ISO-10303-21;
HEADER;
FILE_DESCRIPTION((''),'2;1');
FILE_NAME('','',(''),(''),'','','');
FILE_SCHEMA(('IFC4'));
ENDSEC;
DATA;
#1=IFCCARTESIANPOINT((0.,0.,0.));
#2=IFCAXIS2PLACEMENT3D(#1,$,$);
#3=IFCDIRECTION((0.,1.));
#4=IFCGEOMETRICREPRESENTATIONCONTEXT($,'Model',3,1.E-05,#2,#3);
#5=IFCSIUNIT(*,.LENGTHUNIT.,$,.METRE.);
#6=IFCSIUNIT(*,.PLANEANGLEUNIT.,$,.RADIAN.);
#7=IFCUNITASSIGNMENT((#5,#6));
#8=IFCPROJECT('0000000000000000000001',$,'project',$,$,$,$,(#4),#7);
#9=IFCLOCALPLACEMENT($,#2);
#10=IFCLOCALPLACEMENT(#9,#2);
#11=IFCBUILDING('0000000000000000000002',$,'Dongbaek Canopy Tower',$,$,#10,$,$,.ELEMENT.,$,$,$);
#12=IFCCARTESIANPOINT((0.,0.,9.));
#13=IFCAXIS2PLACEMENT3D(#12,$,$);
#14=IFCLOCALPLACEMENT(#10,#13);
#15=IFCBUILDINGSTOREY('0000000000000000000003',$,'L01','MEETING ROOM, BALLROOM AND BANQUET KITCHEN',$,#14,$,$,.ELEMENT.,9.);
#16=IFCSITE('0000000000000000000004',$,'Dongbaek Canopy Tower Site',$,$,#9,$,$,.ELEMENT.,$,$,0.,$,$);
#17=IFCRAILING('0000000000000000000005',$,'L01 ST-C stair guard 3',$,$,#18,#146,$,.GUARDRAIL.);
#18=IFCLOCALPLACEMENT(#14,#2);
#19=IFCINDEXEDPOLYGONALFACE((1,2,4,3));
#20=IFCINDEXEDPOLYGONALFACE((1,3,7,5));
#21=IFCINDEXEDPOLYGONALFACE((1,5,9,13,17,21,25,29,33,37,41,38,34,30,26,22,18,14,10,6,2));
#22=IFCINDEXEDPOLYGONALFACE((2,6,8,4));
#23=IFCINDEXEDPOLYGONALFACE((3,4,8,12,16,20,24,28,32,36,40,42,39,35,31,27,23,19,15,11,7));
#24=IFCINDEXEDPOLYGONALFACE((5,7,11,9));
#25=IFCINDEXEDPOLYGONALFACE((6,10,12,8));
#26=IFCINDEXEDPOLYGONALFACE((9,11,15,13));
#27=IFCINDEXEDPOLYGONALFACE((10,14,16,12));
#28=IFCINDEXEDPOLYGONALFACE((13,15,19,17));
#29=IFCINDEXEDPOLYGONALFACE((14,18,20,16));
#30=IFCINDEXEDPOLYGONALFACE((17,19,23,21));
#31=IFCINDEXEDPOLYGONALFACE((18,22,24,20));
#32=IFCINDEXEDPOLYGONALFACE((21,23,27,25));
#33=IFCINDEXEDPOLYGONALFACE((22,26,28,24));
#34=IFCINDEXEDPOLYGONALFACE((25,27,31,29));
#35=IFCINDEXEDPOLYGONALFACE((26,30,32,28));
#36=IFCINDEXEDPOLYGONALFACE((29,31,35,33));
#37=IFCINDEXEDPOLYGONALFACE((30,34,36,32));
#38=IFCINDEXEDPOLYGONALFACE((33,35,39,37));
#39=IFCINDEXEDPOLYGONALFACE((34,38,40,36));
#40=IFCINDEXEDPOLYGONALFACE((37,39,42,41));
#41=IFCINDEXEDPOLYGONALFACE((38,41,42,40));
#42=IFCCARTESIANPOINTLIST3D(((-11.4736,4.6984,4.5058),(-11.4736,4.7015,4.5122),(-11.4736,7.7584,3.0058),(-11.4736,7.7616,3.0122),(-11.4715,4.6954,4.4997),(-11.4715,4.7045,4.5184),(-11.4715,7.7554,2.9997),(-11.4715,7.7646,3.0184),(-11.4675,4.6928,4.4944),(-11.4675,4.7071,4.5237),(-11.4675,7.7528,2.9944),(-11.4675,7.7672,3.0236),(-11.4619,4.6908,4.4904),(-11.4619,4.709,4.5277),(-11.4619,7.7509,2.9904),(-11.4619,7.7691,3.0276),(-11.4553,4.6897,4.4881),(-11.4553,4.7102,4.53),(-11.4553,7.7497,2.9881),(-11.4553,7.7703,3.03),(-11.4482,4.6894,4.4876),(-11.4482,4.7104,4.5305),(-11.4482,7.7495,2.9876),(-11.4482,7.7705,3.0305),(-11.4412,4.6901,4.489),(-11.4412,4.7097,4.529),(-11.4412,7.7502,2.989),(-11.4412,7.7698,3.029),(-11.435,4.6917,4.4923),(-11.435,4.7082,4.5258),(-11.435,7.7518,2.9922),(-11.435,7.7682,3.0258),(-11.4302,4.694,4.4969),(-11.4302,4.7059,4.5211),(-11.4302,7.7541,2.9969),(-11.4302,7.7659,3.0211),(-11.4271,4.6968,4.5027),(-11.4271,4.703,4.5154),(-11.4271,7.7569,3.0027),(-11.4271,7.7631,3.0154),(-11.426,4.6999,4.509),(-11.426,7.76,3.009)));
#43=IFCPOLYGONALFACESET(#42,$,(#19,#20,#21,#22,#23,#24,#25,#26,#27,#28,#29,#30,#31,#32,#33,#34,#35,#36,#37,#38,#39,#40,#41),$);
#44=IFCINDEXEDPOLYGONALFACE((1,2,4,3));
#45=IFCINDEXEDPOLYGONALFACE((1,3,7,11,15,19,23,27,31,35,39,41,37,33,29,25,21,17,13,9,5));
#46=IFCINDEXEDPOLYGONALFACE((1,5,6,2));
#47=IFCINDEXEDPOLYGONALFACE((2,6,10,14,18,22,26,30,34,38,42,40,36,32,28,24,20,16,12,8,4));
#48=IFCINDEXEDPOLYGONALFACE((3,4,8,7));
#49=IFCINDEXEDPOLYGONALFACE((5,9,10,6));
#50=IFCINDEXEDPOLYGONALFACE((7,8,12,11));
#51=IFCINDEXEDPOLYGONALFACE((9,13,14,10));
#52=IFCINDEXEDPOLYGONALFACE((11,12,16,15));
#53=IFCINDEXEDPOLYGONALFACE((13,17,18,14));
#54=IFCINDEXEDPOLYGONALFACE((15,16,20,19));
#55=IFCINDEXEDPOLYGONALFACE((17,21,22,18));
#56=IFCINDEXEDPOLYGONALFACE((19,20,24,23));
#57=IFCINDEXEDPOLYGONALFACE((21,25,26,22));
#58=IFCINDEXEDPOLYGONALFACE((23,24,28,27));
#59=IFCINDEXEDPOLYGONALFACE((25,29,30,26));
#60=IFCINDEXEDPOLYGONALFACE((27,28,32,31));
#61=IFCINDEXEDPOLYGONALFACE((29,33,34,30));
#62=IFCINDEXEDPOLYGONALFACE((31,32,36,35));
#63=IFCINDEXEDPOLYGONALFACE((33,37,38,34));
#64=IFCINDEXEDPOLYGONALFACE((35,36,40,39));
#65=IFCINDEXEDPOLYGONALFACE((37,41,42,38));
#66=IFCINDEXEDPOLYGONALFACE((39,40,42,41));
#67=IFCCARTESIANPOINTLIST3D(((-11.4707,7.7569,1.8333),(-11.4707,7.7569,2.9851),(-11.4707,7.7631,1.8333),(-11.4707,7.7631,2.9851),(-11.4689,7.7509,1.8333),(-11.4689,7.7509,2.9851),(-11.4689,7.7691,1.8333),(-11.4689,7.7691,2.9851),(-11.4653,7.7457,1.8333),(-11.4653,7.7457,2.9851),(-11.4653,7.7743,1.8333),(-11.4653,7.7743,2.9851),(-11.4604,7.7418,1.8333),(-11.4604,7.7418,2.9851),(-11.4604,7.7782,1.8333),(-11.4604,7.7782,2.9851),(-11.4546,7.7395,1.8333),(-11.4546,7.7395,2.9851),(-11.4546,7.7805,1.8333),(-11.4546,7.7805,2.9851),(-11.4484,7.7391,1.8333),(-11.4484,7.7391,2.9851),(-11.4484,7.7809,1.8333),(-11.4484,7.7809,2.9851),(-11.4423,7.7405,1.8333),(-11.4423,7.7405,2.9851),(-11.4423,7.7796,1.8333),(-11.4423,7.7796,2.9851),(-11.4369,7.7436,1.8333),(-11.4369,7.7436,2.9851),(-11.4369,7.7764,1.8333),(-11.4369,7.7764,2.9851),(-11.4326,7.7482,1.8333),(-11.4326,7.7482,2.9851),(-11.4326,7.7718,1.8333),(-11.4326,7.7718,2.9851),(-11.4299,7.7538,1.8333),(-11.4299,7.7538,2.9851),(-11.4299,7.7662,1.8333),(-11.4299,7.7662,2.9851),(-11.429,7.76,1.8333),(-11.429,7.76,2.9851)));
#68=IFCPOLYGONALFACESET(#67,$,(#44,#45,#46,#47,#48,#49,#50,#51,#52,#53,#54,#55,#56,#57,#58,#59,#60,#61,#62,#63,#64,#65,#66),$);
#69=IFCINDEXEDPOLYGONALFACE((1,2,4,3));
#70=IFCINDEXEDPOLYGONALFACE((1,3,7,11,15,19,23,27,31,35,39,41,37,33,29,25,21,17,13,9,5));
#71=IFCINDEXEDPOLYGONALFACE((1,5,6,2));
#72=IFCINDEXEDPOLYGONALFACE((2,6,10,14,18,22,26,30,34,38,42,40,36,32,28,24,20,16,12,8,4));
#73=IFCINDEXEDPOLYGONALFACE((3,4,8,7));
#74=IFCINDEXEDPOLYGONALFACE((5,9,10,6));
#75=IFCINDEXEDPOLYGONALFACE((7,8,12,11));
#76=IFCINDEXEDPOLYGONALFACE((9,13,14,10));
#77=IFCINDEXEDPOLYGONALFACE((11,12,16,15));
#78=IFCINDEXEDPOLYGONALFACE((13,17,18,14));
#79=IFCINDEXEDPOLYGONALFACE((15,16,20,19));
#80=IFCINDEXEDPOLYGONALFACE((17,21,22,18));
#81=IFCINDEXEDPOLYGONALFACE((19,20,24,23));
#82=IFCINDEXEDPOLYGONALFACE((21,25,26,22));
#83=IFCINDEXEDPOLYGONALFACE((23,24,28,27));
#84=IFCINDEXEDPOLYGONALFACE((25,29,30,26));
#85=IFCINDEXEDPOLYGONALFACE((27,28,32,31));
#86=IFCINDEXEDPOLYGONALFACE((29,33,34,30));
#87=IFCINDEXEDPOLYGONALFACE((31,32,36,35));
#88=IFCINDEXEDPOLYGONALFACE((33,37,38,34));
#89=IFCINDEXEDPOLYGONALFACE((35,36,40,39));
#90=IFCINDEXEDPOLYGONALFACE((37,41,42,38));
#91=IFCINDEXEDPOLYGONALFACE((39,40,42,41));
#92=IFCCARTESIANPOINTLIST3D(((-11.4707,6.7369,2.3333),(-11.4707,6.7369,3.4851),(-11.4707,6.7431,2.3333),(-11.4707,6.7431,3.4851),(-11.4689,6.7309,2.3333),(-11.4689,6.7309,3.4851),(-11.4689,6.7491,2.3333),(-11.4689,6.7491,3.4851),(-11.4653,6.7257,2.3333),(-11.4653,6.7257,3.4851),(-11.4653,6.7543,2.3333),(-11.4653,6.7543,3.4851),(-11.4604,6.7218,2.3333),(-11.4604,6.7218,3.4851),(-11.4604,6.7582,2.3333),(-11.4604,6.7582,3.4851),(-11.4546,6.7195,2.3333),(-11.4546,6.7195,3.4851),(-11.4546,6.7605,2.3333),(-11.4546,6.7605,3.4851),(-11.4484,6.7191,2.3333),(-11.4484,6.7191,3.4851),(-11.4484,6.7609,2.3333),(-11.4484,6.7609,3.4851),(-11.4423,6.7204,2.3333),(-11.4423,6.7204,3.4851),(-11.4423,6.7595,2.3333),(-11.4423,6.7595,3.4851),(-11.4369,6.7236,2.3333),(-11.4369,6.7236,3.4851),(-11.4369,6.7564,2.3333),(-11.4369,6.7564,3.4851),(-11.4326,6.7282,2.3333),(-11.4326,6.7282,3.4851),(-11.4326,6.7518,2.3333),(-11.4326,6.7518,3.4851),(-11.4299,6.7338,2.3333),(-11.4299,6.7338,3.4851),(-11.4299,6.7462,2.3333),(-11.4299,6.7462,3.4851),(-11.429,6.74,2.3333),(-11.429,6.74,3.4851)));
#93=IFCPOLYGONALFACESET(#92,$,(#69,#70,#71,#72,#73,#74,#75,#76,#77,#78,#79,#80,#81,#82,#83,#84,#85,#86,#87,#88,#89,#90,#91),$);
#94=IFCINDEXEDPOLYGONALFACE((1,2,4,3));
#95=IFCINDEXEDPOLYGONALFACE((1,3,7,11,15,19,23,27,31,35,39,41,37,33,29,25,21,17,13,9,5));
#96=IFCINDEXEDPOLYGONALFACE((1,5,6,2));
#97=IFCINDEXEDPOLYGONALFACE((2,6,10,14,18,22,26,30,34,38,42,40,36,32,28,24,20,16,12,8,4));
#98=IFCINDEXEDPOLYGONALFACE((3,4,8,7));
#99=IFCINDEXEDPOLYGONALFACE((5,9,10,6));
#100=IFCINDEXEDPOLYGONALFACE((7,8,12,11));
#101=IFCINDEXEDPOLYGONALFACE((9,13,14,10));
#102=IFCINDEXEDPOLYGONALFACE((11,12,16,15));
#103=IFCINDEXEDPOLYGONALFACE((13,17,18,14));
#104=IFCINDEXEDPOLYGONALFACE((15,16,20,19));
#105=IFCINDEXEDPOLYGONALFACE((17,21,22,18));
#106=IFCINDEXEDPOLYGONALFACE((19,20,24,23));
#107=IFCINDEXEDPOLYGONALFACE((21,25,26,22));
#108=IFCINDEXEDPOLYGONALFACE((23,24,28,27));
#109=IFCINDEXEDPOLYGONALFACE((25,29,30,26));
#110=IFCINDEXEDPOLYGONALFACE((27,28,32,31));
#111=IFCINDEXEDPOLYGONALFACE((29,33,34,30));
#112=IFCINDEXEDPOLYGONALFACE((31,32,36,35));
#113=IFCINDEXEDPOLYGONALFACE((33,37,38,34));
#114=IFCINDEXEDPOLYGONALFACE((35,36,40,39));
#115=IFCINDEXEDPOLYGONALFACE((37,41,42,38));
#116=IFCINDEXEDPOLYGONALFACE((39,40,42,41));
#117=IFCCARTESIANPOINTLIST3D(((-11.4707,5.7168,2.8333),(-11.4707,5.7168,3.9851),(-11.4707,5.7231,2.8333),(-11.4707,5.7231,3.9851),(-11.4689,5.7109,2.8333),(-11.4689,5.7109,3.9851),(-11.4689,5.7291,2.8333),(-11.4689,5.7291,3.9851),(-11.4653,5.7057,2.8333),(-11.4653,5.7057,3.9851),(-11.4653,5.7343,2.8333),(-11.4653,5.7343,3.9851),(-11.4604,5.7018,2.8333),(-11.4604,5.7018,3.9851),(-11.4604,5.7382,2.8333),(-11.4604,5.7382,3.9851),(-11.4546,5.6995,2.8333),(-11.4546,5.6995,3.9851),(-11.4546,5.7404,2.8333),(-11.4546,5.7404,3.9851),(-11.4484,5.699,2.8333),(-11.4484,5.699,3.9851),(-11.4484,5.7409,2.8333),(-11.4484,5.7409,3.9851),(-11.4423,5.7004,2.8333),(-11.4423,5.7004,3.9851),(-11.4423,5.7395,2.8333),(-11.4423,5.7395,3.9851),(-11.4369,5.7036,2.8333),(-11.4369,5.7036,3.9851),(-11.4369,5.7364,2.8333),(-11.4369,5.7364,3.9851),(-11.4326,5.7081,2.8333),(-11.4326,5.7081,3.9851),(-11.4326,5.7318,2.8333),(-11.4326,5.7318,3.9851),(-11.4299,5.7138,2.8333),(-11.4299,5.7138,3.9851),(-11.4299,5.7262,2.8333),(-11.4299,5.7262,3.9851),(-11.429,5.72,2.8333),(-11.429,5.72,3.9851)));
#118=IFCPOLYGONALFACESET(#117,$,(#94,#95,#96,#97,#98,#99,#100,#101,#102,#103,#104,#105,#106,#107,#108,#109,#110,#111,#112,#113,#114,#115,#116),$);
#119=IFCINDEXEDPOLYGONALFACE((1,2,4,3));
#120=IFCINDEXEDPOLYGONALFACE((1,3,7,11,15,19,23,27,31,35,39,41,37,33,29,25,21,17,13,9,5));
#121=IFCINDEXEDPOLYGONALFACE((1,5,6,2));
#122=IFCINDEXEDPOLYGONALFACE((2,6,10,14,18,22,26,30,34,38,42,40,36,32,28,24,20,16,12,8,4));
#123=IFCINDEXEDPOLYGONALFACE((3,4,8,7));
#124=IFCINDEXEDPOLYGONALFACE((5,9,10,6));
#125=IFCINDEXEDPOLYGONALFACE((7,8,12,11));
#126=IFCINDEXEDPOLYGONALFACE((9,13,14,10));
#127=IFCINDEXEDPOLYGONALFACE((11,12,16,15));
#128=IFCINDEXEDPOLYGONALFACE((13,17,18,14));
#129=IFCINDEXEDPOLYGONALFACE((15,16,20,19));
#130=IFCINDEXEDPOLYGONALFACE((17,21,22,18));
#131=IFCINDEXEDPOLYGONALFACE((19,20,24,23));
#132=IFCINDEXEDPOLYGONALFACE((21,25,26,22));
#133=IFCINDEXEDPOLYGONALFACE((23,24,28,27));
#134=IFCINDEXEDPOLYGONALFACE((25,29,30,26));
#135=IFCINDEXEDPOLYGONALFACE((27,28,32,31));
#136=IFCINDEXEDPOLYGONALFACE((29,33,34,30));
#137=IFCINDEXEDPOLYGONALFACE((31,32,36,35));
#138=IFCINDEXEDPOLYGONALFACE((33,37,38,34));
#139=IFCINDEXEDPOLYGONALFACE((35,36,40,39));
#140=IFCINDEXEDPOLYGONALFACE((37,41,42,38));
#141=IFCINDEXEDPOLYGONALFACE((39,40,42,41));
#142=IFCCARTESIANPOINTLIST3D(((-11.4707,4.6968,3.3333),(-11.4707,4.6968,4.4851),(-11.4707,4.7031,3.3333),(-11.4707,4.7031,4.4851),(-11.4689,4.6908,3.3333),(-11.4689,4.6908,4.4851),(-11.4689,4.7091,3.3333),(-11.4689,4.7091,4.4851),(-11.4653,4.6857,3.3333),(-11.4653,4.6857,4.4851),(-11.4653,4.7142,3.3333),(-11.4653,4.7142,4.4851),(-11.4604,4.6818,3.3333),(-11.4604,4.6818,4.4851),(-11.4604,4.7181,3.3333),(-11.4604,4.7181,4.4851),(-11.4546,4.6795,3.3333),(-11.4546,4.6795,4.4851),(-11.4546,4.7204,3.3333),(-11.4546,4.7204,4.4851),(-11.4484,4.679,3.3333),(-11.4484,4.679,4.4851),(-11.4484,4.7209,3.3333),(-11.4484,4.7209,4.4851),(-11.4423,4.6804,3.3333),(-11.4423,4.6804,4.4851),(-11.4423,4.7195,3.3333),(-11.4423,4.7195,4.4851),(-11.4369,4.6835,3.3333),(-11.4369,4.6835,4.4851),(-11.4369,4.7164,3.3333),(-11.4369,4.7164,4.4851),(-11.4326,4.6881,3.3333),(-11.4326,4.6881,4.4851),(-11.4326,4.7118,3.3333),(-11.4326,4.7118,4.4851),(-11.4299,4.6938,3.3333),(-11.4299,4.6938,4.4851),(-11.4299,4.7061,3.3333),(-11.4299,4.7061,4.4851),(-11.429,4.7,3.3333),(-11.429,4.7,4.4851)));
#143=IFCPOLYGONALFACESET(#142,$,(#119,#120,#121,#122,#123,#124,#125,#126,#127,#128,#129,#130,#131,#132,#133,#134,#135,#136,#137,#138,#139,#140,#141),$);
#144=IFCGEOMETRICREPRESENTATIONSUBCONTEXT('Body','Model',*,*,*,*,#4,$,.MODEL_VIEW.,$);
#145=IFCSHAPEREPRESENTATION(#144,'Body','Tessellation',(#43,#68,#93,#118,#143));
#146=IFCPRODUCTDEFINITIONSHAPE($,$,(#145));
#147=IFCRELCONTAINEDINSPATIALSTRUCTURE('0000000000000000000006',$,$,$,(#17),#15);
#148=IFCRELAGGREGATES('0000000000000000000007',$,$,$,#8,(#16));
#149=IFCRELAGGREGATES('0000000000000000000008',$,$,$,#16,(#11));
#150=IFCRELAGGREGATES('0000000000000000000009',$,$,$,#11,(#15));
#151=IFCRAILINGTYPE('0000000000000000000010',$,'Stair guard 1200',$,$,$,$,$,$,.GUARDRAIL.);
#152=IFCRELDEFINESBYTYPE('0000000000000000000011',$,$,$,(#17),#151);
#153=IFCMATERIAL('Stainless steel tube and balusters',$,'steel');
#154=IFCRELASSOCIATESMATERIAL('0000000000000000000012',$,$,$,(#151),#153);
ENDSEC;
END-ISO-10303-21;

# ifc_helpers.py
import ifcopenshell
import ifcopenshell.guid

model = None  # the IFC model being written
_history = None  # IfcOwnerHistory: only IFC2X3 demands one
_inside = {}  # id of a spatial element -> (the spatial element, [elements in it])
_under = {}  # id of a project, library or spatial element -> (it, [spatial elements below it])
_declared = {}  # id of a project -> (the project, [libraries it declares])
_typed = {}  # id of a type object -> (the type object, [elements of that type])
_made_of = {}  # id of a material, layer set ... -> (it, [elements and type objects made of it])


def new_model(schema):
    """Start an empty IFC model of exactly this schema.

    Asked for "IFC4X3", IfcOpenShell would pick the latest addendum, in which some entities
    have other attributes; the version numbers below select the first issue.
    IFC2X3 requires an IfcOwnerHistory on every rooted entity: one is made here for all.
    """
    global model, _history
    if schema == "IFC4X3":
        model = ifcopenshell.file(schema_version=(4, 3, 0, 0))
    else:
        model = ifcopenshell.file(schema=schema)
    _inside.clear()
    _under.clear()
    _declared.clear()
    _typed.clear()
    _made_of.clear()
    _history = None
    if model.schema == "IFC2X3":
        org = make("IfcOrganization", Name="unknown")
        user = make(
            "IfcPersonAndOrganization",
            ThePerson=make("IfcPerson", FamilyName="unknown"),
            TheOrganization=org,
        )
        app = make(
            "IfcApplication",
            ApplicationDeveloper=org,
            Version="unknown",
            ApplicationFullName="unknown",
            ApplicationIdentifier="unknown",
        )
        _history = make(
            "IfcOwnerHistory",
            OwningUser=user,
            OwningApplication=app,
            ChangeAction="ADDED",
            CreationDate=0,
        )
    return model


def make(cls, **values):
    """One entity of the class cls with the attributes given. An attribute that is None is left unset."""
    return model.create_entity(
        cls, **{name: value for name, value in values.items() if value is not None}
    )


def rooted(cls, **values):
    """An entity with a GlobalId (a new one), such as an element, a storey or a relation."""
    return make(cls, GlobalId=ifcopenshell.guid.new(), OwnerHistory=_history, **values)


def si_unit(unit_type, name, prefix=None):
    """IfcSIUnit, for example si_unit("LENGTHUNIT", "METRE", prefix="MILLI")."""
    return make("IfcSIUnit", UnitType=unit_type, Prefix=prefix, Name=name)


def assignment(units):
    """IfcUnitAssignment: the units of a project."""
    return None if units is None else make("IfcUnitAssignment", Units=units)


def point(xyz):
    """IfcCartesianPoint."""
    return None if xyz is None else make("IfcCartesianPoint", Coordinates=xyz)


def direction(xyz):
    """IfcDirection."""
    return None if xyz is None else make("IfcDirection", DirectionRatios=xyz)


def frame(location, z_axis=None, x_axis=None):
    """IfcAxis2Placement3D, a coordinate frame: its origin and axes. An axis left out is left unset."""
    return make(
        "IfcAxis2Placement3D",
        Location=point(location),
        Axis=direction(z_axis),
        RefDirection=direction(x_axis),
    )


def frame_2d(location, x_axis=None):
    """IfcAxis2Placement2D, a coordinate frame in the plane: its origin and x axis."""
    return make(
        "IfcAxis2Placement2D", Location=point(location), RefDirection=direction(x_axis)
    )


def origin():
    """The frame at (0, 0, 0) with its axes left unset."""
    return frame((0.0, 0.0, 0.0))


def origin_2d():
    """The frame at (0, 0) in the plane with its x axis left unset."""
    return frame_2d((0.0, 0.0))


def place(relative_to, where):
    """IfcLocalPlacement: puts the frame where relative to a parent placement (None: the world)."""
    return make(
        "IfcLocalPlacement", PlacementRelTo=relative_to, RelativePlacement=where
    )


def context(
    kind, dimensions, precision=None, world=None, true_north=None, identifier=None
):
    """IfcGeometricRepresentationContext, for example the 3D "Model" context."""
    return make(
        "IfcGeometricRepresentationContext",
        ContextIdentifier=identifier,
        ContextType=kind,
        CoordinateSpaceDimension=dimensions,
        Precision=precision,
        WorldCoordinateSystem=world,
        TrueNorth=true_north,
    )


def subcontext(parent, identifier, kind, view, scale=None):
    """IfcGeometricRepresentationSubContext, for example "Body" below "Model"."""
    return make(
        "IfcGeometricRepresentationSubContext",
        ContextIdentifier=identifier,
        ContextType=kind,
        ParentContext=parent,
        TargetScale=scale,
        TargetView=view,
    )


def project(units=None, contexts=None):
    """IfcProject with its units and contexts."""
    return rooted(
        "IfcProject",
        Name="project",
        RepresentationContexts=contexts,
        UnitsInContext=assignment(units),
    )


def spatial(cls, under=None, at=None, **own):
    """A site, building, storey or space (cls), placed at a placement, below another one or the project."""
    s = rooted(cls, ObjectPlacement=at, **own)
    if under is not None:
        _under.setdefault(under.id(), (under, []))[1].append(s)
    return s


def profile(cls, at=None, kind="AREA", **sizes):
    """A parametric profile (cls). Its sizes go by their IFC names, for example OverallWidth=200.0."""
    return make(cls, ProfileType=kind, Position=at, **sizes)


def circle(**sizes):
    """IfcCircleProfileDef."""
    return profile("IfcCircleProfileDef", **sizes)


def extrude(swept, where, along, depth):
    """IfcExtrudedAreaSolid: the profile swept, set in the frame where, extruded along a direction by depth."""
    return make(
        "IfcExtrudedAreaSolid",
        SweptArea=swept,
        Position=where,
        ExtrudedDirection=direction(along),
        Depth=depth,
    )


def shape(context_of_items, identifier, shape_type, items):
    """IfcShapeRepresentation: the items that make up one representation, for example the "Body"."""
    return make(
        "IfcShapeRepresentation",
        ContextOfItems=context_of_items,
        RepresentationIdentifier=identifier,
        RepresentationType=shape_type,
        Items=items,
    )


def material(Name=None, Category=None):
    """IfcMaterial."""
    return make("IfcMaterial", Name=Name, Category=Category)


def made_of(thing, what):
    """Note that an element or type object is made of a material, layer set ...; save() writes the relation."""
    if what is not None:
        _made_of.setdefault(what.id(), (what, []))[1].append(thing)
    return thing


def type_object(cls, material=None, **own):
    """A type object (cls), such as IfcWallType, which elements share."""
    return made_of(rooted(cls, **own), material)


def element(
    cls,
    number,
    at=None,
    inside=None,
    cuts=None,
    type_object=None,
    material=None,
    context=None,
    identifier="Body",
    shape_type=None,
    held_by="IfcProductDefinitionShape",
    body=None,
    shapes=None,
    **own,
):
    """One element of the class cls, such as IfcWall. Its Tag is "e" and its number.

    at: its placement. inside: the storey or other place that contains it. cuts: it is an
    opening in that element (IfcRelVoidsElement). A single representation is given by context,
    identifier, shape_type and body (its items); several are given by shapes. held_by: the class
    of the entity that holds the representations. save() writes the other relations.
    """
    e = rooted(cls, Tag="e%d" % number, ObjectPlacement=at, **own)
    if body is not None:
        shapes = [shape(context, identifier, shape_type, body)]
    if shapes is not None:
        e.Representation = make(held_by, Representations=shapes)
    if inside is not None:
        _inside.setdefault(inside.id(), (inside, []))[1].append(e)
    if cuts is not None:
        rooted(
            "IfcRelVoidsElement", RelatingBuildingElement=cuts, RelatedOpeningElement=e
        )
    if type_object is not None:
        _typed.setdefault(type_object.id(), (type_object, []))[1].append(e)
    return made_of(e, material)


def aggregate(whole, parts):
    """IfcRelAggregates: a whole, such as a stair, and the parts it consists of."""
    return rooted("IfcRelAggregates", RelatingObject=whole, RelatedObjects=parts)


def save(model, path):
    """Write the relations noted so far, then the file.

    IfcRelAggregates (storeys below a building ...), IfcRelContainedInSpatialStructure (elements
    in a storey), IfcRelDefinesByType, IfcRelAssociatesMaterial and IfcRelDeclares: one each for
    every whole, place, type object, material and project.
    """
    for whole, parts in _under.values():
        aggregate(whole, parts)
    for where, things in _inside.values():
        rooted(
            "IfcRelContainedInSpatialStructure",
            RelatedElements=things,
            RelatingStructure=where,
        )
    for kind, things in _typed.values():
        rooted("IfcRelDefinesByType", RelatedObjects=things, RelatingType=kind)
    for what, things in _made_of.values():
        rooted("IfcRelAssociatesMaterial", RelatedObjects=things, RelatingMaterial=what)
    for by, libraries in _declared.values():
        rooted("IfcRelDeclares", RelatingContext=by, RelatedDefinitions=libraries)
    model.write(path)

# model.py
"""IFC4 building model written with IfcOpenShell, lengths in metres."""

from ifc_helpers import new_model, si_unit, direction, frame, origin, origin_2d, place, context, subcontext, project, spatial, circle, extrude, material, type_object, element, save


model = new_model("IFC4")

# Units and contexts
model_context = context("Model", 3, precision=1e-05, world=origin(), true_north=direction((0.0, 1.0)))
body_context = subcontext(model_context, "Body", "Model", "MODEL_VIEW")
ifc_project = project(units=[si_unit("LENGTHUNIT", "METRE"), si_unit("PLANEANGLEUNIT", "RADIAN")], contexts=[model_context])

# Site, building, storey
site_placement = place(None, origin())
site = spatial("IfcSite", under=ifc_project, at=site_placement, Name="Dongbaek Canopy Tower Site", CompositionType="ELEMENT", RefElevation=0.0)
building_placement = place(site_placement, origin())
building = spatial("IfcBuilding", under=site, at=building_placement, Name="Dongbaek Canopy Tower", CompositionType="ELEMENT")
storey_placement = place(building_placement, frame((0.0, 0.0, 9.0)))
storey = spatial("IfcBuildingStorey", under=building, at=storey_placement, Name="L01", Description="MEETING ROOM, BALLROOM AND BANQUET KITCHEN", CompositionType="ELEMENT", Elevation=9.0)

# Railing
ifc_material_1 = material(Name="Stainless steel tube and balusters", Category="steel")
railing_type_1 = type_object("IfcRailingType", Name="Stair guard 1200", PredefinedType="GUARDRAIL", material=ifc_material_1)
railing_1_placement = place(storey_placement, frame((-11.45, 7.76, 1.8333)))
element("IfcRailing", 1, at=railing_1_placement, inside=storey, type_object=railing_type_1, Name="L01 ST-C stair guard 3", PredefinedType="GUARDRAIL", context=body_context, shape_type="SweptSolid", body=[
    extrude(circle(Radius=0.0239, at=origin_2d()), frame((0.0, 0.0, 1.1758), z_axis=(0.0, -0.897924, 0.44015), x_axis=(1.0, 0.0, 0.0)), (0.0, 0.0, 1.0), 3.408),
    extrude(circle(Radius=0.021, at=origin_2d()), origin(), (0.0, 0.0, 1.0), 1.1519),
    extrude(circle(Radius=0.021, at=origin_2d()), frame((0.0, -1.02, 0.5)), (0.0, 0.0, 1.0), 1.1519),
    extrude(circle(Radius=0.021, at=origin_2d()), frame((0.0, -2.04, 1.0)), (0.0, 0.0, 1.0), 1.1519),
    extrude(circle(Radius=0.021, at=origin_2d()), frame((0.0, -3.0601, 1.5)), (0.0, 0.0, 1.0), 1.1519),
])

save(model, "model.ifc")
